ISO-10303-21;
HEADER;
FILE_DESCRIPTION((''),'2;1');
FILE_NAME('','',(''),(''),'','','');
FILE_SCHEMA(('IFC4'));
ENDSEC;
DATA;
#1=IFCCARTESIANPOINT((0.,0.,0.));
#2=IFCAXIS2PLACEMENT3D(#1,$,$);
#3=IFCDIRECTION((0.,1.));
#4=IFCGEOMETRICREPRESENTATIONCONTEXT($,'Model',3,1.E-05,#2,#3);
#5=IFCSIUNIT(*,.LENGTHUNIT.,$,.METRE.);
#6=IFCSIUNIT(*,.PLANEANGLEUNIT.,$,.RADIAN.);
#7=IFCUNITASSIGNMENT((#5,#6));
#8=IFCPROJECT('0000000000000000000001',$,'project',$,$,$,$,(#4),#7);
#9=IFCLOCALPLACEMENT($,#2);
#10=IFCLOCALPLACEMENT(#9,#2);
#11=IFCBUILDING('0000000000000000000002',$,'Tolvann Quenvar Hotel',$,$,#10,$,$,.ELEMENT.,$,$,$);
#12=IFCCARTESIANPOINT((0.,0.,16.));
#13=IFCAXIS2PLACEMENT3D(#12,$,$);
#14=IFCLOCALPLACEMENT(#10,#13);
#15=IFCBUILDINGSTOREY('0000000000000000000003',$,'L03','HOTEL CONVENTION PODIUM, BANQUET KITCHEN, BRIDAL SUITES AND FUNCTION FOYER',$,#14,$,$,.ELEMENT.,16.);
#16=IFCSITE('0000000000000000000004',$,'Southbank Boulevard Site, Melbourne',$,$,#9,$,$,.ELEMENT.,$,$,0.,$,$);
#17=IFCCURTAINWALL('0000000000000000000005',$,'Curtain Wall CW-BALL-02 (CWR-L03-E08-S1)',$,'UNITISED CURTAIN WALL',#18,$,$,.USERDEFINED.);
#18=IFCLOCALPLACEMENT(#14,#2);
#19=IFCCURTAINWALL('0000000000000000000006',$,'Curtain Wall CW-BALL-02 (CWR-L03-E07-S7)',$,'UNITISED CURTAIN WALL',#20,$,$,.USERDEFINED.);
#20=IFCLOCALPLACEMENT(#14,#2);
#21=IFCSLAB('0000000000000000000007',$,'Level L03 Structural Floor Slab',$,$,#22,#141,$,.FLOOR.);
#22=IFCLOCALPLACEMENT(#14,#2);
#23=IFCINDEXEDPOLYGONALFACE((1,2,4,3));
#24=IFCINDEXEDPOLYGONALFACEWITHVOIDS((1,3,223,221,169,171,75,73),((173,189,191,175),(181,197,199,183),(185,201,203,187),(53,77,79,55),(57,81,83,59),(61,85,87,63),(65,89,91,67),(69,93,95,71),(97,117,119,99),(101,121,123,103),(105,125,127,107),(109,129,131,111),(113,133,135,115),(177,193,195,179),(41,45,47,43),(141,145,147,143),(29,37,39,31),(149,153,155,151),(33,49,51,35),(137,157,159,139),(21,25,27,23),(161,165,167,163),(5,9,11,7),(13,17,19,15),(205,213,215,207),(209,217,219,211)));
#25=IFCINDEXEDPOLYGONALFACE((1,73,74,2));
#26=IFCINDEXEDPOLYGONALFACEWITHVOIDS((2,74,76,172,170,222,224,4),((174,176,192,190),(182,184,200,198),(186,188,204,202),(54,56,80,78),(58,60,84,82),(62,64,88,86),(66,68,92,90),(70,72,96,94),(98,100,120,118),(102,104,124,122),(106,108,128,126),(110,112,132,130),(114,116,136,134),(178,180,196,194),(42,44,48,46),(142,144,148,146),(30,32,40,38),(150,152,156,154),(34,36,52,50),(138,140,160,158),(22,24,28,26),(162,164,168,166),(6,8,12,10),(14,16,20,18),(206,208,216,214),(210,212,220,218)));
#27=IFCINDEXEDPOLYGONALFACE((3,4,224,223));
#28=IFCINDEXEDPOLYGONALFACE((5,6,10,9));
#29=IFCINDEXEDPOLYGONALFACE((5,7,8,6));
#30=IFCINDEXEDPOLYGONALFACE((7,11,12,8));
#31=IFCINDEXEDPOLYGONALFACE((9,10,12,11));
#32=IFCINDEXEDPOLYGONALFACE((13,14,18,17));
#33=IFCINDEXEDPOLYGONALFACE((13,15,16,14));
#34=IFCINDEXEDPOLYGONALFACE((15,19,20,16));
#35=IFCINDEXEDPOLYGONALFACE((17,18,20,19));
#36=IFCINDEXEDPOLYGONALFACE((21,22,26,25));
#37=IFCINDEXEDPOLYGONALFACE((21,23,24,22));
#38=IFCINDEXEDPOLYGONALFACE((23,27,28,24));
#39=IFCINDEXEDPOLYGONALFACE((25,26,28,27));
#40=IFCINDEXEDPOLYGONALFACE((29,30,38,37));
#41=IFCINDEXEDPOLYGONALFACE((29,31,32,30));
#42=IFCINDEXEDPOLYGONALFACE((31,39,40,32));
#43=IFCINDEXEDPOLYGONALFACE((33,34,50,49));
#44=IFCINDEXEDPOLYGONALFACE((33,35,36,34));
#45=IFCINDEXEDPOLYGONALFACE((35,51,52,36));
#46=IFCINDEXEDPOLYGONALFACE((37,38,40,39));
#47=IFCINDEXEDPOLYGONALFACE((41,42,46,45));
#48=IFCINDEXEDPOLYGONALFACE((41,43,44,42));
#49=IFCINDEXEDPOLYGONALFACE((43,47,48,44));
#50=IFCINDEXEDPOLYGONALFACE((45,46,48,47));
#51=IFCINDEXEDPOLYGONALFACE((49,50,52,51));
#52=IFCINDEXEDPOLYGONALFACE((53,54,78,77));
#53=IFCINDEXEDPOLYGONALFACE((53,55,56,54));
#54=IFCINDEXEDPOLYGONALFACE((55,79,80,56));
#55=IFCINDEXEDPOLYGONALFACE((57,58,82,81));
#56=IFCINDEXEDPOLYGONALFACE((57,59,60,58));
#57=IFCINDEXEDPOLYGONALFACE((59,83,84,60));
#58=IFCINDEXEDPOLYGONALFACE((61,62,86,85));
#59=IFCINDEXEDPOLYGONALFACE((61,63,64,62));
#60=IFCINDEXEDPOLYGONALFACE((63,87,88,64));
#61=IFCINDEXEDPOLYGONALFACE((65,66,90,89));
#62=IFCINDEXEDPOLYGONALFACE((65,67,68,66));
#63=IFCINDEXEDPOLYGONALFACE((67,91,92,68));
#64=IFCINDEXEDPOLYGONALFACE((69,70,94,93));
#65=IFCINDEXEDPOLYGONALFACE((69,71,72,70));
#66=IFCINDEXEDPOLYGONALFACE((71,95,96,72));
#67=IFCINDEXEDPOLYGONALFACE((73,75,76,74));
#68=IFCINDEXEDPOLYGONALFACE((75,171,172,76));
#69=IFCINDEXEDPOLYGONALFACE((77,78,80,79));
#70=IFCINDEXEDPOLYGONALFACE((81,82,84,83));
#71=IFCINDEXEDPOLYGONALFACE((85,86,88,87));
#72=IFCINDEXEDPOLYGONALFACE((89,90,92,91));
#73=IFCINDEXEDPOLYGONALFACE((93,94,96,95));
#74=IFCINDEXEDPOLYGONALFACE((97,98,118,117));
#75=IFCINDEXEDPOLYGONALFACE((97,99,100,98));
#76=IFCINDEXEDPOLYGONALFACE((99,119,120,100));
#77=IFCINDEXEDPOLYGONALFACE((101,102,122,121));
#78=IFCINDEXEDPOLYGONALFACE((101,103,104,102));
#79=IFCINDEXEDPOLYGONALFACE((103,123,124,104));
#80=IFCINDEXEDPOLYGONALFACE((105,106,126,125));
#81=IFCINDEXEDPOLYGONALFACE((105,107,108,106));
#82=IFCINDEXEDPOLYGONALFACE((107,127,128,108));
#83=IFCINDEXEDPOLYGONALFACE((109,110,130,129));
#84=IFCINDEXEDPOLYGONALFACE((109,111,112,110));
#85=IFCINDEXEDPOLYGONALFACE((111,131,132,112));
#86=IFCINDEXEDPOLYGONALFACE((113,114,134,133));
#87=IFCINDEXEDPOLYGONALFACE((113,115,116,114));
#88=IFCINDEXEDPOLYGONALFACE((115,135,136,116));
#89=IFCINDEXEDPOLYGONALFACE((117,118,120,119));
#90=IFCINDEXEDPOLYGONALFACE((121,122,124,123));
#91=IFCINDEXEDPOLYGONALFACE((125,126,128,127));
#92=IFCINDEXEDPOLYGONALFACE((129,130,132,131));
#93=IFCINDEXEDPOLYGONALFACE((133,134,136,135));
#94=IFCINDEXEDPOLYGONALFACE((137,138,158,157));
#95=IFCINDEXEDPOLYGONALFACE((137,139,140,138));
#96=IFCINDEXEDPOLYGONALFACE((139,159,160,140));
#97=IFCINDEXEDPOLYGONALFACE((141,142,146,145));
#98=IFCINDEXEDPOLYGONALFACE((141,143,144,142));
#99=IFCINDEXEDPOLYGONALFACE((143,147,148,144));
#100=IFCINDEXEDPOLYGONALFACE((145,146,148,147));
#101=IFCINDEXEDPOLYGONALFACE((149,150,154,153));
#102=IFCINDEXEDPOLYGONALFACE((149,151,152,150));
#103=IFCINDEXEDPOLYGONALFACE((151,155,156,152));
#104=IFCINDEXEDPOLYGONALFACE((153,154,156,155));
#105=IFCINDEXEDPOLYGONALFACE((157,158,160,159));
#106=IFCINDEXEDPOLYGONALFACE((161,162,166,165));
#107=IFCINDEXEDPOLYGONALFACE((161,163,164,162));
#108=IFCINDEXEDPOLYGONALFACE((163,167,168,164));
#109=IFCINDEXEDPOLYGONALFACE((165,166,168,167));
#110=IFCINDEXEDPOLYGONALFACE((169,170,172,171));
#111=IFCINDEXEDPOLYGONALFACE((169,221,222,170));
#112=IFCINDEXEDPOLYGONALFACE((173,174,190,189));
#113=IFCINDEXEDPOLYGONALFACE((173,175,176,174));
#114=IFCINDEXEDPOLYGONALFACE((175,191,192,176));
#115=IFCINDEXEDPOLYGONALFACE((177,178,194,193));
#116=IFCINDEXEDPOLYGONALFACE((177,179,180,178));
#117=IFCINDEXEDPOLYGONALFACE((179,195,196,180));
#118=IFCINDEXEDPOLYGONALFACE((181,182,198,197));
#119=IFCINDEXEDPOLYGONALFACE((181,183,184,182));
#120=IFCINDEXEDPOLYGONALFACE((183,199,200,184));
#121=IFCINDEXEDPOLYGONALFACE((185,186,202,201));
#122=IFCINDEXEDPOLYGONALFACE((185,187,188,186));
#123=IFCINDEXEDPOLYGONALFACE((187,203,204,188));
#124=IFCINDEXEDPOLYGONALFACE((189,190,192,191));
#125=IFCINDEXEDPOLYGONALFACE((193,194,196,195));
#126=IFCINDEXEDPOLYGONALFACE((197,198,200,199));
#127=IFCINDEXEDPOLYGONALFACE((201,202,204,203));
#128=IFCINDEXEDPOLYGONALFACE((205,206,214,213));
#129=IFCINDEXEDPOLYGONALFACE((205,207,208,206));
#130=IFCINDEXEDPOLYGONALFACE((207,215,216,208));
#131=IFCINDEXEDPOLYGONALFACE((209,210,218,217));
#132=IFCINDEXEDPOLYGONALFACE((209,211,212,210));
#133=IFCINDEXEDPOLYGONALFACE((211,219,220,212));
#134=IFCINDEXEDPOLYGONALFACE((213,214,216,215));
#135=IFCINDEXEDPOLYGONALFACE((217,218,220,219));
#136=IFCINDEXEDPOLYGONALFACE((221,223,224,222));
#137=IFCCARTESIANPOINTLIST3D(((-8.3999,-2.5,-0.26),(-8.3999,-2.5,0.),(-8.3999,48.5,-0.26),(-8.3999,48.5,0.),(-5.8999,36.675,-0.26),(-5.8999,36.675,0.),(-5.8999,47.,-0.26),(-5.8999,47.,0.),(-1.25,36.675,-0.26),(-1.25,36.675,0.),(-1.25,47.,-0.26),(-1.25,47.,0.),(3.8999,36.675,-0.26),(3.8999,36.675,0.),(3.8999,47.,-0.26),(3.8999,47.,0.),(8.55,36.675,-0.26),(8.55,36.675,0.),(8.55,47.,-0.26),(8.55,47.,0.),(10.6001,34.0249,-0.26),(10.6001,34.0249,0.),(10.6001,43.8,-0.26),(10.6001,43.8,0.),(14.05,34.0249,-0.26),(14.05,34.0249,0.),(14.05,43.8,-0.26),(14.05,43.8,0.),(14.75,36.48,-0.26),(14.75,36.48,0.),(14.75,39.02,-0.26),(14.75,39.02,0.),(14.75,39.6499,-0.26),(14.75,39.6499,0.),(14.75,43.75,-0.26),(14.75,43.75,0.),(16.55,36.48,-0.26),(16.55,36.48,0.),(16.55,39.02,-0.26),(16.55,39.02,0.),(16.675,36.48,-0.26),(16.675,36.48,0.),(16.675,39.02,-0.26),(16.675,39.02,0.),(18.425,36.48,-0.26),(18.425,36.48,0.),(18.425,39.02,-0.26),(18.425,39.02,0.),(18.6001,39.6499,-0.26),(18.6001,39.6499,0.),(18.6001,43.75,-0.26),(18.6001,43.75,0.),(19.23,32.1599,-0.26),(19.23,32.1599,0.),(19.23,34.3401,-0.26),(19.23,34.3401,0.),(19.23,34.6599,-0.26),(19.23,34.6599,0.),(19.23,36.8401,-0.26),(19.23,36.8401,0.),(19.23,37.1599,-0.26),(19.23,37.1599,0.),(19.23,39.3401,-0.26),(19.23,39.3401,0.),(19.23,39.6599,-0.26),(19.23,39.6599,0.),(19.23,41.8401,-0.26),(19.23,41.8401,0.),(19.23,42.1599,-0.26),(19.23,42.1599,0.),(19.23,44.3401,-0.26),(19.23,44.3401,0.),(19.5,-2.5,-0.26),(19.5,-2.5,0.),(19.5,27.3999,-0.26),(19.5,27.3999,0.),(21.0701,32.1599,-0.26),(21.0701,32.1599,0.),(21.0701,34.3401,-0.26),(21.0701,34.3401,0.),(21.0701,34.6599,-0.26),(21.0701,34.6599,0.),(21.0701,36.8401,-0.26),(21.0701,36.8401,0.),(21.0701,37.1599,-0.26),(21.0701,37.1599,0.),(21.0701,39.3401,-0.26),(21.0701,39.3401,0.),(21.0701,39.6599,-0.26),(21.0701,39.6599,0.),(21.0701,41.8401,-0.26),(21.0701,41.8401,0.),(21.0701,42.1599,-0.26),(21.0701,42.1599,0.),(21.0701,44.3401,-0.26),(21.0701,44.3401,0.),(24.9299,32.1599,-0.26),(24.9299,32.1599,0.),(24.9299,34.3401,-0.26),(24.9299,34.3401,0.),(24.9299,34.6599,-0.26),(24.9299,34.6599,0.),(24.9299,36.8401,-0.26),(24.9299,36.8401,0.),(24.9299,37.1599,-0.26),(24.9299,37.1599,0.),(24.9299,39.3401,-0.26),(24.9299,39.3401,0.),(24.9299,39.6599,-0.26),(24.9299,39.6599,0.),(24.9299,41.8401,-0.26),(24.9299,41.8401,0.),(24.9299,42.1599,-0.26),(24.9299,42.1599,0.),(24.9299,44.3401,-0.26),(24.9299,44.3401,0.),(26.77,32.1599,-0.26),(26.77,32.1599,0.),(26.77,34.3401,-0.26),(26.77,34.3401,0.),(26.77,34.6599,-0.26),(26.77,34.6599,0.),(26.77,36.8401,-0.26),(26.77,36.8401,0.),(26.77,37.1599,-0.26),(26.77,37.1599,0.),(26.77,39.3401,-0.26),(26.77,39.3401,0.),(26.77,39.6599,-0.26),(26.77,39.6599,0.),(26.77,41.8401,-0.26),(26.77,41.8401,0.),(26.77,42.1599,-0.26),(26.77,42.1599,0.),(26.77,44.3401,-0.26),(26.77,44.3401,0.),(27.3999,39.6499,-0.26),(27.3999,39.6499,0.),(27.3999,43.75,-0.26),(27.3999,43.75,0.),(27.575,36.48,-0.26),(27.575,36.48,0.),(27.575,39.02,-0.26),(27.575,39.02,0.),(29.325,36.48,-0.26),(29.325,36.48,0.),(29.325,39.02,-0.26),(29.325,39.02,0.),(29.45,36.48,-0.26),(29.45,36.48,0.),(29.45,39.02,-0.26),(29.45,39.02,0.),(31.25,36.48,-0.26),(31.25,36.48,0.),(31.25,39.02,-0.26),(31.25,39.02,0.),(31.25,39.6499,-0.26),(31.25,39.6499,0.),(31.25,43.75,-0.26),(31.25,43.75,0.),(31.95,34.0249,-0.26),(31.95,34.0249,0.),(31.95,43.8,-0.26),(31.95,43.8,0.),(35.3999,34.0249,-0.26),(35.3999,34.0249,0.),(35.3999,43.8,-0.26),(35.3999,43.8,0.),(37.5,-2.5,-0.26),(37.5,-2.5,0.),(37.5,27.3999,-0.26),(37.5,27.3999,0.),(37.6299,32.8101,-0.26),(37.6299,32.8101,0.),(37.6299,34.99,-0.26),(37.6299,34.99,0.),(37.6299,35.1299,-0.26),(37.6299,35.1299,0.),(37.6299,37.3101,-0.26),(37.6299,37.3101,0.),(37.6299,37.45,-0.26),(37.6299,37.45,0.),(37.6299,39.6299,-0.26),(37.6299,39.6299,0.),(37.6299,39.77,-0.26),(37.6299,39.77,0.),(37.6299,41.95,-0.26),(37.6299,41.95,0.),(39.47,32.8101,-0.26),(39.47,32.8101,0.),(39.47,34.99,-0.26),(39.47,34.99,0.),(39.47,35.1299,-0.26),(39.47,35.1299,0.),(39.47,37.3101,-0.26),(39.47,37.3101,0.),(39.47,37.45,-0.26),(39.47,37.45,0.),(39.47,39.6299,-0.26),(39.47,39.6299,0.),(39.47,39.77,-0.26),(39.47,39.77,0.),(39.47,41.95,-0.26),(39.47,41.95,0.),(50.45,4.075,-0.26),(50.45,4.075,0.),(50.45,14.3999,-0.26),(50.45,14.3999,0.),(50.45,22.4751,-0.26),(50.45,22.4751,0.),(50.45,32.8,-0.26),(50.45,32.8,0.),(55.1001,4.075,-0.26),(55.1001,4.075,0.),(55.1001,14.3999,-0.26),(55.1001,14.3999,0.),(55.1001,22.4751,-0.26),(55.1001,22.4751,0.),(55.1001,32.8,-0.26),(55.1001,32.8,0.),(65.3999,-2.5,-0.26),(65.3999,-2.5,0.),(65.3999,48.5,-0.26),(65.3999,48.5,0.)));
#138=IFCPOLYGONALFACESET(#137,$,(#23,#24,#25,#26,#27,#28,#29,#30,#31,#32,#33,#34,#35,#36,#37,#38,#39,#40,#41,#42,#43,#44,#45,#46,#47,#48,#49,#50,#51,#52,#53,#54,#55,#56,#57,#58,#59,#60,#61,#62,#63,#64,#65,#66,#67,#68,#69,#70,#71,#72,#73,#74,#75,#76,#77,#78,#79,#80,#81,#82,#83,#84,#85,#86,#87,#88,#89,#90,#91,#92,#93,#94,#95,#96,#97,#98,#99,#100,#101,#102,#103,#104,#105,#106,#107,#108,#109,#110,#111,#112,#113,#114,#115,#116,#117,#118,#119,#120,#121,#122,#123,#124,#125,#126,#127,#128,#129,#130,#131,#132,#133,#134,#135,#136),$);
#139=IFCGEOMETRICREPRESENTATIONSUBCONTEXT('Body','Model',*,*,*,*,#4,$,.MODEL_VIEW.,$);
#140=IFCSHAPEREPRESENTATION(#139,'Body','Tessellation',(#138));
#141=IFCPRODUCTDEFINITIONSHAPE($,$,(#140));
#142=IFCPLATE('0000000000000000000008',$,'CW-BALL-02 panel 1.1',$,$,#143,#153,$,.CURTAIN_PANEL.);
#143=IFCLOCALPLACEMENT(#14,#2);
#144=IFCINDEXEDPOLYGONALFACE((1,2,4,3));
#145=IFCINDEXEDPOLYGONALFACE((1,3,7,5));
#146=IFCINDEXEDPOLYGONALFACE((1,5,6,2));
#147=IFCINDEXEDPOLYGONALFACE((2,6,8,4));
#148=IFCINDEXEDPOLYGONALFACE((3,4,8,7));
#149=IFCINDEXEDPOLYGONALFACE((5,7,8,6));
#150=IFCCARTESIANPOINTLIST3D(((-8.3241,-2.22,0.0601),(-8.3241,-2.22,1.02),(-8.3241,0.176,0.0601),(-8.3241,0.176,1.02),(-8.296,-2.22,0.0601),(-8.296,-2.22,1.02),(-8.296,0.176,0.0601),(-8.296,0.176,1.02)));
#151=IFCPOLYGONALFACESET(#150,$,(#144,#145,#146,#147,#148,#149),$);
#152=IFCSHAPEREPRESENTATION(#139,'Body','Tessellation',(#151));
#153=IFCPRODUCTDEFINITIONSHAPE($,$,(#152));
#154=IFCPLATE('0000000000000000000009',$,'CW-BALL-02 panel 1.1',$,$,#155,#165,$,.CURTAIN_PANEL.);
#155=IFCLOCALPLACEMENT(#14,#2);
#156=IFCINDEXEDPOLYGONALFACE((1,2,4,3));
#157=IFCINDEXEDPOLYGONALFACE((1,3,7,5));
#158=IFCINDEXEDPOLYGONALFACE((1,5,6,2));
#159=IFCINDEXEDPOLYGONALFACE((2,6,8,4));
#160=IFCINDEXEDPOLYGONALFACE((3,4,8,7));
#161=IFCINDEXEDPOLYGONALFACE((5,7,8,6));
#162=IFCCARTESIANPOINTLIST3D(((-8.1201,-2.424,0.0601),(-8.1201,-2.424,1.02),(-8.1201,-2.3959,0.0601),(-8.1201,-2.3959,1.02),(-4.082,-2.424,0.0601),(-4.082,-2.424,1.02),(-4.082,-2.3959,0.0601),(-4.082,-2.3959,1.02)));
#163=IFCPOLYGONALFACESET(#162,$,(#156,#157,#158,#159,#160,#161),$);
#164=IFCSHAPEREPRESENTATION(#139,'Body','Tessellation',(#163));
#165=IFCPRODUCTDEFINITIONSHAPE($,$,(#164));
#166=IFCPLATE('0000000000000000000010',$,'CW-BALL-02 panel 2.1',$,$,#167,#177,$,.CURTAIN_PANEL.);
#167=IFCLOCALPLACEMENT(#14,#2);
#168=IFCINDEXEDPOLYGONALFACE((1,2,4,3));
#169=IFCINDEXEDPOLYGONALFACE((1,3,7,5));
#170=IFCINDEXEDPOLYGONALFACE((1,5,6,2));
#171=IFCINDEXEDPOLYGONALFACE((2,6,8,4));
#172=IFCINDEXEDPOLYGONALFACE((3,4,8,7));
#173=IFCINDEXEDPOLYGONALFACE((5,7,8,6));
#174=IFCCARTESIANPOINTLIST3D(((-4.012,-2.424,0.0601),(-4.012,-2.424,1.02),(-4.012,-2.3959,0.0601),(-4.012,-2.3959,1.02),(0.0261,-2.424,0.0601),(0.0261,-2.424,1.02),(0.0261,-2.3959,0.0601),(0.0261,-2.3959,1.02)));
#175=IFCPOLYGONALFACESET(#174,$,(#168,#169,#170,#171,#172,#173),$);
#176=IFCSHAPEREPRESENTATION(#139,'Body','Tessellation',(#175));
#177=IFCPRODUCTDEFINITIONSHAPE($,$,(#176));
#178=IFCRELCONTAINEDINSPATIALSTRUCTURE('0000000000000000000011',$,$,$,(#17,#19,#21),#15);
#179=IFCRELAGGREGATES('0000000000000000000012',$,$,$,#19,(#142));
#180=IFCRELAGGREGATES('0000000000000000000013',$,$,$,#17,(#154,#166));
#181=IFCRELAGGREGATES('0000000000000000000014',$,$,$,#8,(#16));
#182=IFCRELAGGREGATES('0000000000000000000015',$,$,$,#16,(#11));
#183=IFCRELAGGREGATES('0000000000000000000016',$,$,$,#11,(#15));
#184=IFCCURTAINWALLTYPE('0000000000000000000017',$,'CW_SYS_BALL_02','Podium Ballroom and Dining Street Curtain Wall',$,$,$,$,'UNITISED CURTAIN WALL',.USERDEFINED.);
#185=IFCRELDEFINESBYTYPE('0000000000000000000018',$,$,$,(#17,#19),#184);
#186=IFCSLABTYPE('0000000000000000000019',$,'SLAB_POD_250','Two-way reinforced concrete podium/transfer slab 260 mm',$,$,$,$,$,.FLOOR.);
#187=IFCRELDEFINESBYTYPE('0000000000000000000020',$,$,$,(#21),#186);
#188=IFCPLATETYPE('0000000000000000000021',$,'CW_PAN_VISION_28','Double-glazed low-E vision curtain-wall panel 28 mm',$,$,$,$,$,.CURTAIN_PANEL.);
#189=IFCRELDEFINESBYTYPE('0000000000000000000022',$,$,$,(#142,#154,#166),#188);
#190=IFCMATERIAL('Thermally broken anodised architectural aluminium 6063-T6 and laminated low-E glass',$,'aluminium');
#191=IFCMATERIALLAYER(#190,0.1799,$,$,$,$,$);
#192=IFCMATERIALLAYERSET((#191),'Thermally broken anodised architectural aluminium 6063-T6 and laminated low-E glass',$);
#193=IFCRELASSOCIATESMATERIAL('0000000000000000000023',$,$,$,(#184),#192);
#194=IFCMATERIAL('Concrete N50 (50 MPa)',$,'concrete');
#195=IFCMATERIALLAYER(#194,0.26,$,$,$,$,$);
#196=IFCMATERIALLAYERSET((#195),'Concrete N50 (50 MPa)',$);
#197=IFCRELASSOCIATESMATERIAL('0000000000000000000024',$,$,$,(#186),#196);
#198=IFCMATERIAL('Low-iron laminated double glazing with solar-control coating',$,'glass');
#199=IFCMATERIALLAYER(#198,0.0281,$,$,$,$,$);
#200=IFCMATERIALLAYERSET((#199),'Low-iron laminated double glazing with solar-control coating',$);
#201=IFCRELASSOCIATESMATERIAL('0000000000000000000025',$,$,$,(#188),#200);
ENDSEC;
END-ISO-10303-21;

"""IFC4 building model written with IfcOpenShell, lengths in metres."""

from ifc_helpers import new_model, si_unit, direction, frame, origin, origin_2d, place, context, subcontext, project, spatial, polyline, rectangle, outline, extrude, source, transform, mapped, material, layer, layer_set, type_object, element, aggregate, save


model = new_model("IFC4")

# Units and contexts
model_context = context("Model", 3, precision=1e-05, world=origin(), true_north=direction((0.0, 1.0)))
body_context = subcontext(model_context, "Body", "Model", "MODEL_VIEW")
ifc_project = project(units=[si_unit("LENGTHUNIT", "METRE"), si_unit("PLANEANGLEUNIT", "RADIAN")], contexts=[model_context])

# Site, building, storey
site_placement = place(None, origin())
site = spatial("IfcSite", under=ifc_project, at=site_placement, Name="Southbank Boulevard Site, Melbourne", CompositionType="ELEMENT", RefElevation=0.0)
building_placement = place(site_placement, origin())
building = spatial("IfcBuilding", under=site, at=building_placement, Name="Tolvann Quenvar Hotel", CompositionType="ELEMENT")
storey_placement = place(building_placement, frame((0.0, 0.0, 16.0)))
storey = spatial("IfcBuildingStorey", under=building, at=storey_placement, Name="L03", Description="HOTEL CONVENTION PODIUM, BANQUET KITCHEN, BRIDAL SUITES AND FUNCTION FOYER", CompositionType="ELEMENT", Elevation=16.0)

# Shared definitions
ifc_material_1 = material(Name="Concrete N50 (50 MPa)", Category="concrete")

# Curtain wall
ifc_material_2 = material(Name="Thermally broken anodised architectural aluminium 6063-T6 and laminated low-E glass", Category="aluminium")
ifc_layer_1 = layer(ifc_material_2, 0.1799)
ifc_layer_set_1 = layer_set([ifc_layer_1], Name="Thermally broken anodised architectural aluminium 6063-T6 and laminated low-E glass")
curtain_wall_type = type_object("IfcCurtainWallType", Name="CW_SYS_BALL_02", Description="Podium Ballroom and Dining Street Curtain Wall", ElementType="UNITISED CURTAIN WALL", PredefinedType="USERDEFINED", material=ifc_layer_set_1)
curtain_wall_1_placement = place(storey_placement, origin())
curtain_wall_1 = element("IfcCurtainWall", 1, at=curtain_wall_1_placement, inside=storey, type_object=curtain_wall_type, Name="Curtain Wall CW-BALL-02 (CWR-L03-E08-S1)", ObjectType="UNITISED CURTAIN WALL", PredefinedType="USERDEFINED")

# Curtain wall
curtain_wall_2_placement = place(storey_placement, origin())
curtain_wall_2 = element("IfcCurtainWall", 2, at=curtain_wall_2_placement, inside=storey, type_object=curtain_wall_type, Name="Curtain Wall CW-BALL-02 (CWR-L03-E07-S7)", ObjectType="UNITISED CURTAIN WALL", PredefinedType="USERDEFINED")

# Slab
ifc_layer_2 = layer(ifc_material_1, 0.26)
ifc_layer_set_2 = layer_set([ifc_layer_2], Name="Concrete N50 (50 MPa)")
slab_type_1 = type_object("IfcSlabType", Name="SLAB_POD_250", Description="Two-way reinforced concrete podium/transfer slab 260 mm", PredefinedType="FLOOR", material=ifc_layer_set_2)
slab_1_placement = place(storey_placement, frame((0.0, 0.0, -0.26)))
element("IfcSlab", 3, at=slab_1_placement, inside=storey, type_object=slab_type_1, Name="Level L03 Structural Floor Slab", PredefinedType="FLOOR", context=body_context, shape_type="SweptSolid", body=[
    extrude(outline(polyline([(-8.3999, -2.5), (19.5, -2.5), (19.5, 27.3999), (37.5, 27.3999), (37.5, -2.5), (65.3999, -2.5), (65.3999, 48.5), (-8.3999, 48.5), (-8.3999, -2.5)]), holes=[polyline([(50.45, 4.075), (50.45, 14.3999), (55.1001, 14.3999), (55.1001, 4.075), (50.45, 4.075)]), polyline([(50.45, 32.8), (55.1001, 32.8), (55.1001, 22.4751), (50.45, 22.4751), (50.45, 32.8)]), polyline([(39.47, 41.95), (39.47, 39.77), (37.6299, 39.77), (37.6299, 41.95), (39.47, 41.95)]), polyline([(39.47, 39.6299), (39.47, 37.45), (37.6299, 37.45), (37.6299, 39.6299), (39.47, 39.6299)]), polyline([(37.6299, 37.3101), (39.47, 37.3101), (39.47, 35.1299), (37.6299, 35.1299), (37.6299, 37.3101)]), polyline([(39.47, 34.99), (39.47, 32.8101), (37.6299, 32.8101), (37.6299, 34.99), (39.47, 34.99)]), polyline([(31.95, 43.8), (35.3999, 43.8), (35.3999, 34.0249), (31.95, 34.0249), (31.95, 43.8)]), polyline([(31.25, 39.02), (31.25, 36.48), (29.45, 36.48), (29.45, 39.02), (31.25, 39.02)]), polyline([(31.25, 43.75), (31.25, 39.6499), (27.3999, 39.6499), (27.3999, 43.75), (31.25, 43.75)]), polyline([(29.325, 39.02), (29.325, 36.48), (27.575, 36.48), (27.575, 39.02), (29.325, 39.02)]), polyline([(24.9299, 36.8401), (26.77, 36.8401), (26.77, 34.6599), (24.9299, 34.6599), (24.9299, 36.8401)]), polyline([(26.77, 44.3401), (26.77, 42.1599), (24.9299, 42.1599), (24.9299, 44.3401), (26.77, 44.3401)]), polyline([(26.77, 41.8401), (26.77, 39.6599), (24.9299, 39.6599), (24.9299, 41.8401), (26.77, 41.8401)]), polyline([(24.9299, 39.3401), (26.77, 39.3401), (26.77, 37.1599), (24.9299, 37.1599), (24.9299, 39.3401)]), polyline([(26.77, 34.3401), (26.77, 32.1599), (24.9299, 32.1599), (24.9299, 34.3401), (26.77, 34.3401)]), polyline([(21.0701, 44.3401), (21.0701, 42.1599), (19.23, 42.1599), (19.23, 44.3401), (21.0701, 44.3401)]), polyline([(21.0701, 41.8401), (21.0701, 39.6599), (19.23, 39.6599), (19.23, 41.8401), (21.0701, 41.8401)]), polyline([(19.23, 39.3401), (21.0701, 39.3401), (21.0701, 37.1599), (19.23, 37.1599), (19.23, 39.3401)]), polyline([(21.0701, 36.8401), (21.0701, 34.6599), (19.23, 34.6599), (19.23, 36.8401), (21.0701, 36.8401)]), polyline([(19.23, 34.3401), (21.0701, 34.3401), (21.0701, 32.1599), (19.23, 32.1599), (19.23, 34.3401)]), polyline([(18.6001, 43.75), (18.6001, 39.6499), (14.75, 39.6499), (14.75, 43.75), (18.6001, 43.75)]), polyline([(18.425, 39.02), (18.425, 36.48), (16.675, 36.48), (16.675, 39.02), (18.425, 39.02)]), polyline([(16.55, 39.02), (16.55, 36.48), (14.75, 36.48), (14.75, 39.02), (16.55, 39.02)]), polyline([(10.6001, 43.8), (14.05, 43.8), (14.05, 34.0249), (10.6001, 34.0249), (10.6001, 43.8)]), polyline([(3.8999, 47.0), (8.55, 47.0), (8.55, 36.675), (3.8999, 36.675), (3.8999, 47.0)]), polyline([(-5.8999, 47.0), (-1.25, 47.0), (-1.25, 36.675), (-5.8999, 36.675), (-5.8999, 47.0)])]), origin(), (0.0, 0.0, 1.0), 0.26),
])

# Plates
ifc_material_3 = material(Name="Low-iron laminated double glazing with solar-control coating", Category="glass")
ifc_layer_3 = layer(ifc_material_3, 0.0281)
ifc_layer_set_3 = layer_set([ifc_layer_3], Name="Low-iron laminated double glazing with solar-control coating")
plate_type = type_object("IfcPlateType", Name="CW_PAN_VISION_28", Description="Double-glazed low-E vision curtain-wall panel 28 mm", PredefinedType="CURTAIN_PANEL", material=ifc_layer_set_3)
shared_shape_1 = source(origin(), body_context, "Body", "SweptSolid", [
    extrude(rectangle(XDim=2.396, YDim=0.0281, at=origin_2d()), origin(), (0.0, 0.0, 1.0), 0.96),
])
plate_1_placement = place(storey_placement, frame((-8.3101, -1.022, 0.0601), z_axis=(0.0, 0.0, 1.0), x_axis=(0.0, -1.0, 0.0)))
plate_1 = element("IfcPlate", 4, at=plate_1_placement, type_object=plate_type, Name="CW-BALL-02 panel 1.1", PredefinedType="CURTAIN_PANEL", context=body_context, shape_type="MappedRepresentation", body=[
    mapped(shared_shape_1, transform((0.0, 0.0, 0.0), x_axis=(1.0, 0.0, 0.0), y_axis=(0.0, 1.0, 0.0), z_axis=(0.0, 0.0, 1.0), scale=1.0)),
])
shared_shape_2 = source(origin(), body_context, "Body", "SweptSolid", [
    extrude(rectangle(XDim=4.0381, YDim=0.0281, at=origin_2d()), origin(), (0.0, 0.0, 1.0), 0.96),
])
plate_2_placement = place(storey_placement, frame((-6.1011, -2.4099, 0.0601), z_axis=(0.0, 0.0, 1.0), x_axis=(1.0, 0.0, 0.0)))
plate_2 = element("IfcPlate", 5, at=plate_2_placement, type_object=plate_type, Name="CW-BALL-02 panel 1.1", PredefinedType="CURTAIN_PANEL", context=body_context, shape_type="MappedRepresentation", body=[
    mapped(shared_shape_2, transform((0.0, 0.0, 0.0), x_axis=(1.0, 0.0, 0.0), y_axis=(0.0, 1.0, 0.0), z_axis=(0.0, 0.0, 1.0), scale=1.0)),
])
plate_3_placement = place(storey_placement, frame((-1.9929, -2.4099, 0.0601), z_axis=(0.0, 0.0, 1.0), x_axis=(1.0, 0.0, 0.0)))
plate_3 = element("IfcPlate", 6, at=plate_3_placement, type_object=plate_type, Name="CW-BALL-02 panel 2.1", PredefinedType="CURTAIN_PANEL", context=body_context, shape_type="MappedRepresentation", body=[
    mapped(shared_shape_2, transform((0.0, 0.0, 0.0), x_axis=(1.0, 0.0, 0.0), y_axis=(0.0, 1.0, 0.0), z_axis=(0.0, 0.0, 1.0), scale=1.0)),
])
aggregate(curtain_wall_2, [plate_1])
aggregate(curtain_wall_1, [plate_2, plate_3])

save(model, "model.ifc")
